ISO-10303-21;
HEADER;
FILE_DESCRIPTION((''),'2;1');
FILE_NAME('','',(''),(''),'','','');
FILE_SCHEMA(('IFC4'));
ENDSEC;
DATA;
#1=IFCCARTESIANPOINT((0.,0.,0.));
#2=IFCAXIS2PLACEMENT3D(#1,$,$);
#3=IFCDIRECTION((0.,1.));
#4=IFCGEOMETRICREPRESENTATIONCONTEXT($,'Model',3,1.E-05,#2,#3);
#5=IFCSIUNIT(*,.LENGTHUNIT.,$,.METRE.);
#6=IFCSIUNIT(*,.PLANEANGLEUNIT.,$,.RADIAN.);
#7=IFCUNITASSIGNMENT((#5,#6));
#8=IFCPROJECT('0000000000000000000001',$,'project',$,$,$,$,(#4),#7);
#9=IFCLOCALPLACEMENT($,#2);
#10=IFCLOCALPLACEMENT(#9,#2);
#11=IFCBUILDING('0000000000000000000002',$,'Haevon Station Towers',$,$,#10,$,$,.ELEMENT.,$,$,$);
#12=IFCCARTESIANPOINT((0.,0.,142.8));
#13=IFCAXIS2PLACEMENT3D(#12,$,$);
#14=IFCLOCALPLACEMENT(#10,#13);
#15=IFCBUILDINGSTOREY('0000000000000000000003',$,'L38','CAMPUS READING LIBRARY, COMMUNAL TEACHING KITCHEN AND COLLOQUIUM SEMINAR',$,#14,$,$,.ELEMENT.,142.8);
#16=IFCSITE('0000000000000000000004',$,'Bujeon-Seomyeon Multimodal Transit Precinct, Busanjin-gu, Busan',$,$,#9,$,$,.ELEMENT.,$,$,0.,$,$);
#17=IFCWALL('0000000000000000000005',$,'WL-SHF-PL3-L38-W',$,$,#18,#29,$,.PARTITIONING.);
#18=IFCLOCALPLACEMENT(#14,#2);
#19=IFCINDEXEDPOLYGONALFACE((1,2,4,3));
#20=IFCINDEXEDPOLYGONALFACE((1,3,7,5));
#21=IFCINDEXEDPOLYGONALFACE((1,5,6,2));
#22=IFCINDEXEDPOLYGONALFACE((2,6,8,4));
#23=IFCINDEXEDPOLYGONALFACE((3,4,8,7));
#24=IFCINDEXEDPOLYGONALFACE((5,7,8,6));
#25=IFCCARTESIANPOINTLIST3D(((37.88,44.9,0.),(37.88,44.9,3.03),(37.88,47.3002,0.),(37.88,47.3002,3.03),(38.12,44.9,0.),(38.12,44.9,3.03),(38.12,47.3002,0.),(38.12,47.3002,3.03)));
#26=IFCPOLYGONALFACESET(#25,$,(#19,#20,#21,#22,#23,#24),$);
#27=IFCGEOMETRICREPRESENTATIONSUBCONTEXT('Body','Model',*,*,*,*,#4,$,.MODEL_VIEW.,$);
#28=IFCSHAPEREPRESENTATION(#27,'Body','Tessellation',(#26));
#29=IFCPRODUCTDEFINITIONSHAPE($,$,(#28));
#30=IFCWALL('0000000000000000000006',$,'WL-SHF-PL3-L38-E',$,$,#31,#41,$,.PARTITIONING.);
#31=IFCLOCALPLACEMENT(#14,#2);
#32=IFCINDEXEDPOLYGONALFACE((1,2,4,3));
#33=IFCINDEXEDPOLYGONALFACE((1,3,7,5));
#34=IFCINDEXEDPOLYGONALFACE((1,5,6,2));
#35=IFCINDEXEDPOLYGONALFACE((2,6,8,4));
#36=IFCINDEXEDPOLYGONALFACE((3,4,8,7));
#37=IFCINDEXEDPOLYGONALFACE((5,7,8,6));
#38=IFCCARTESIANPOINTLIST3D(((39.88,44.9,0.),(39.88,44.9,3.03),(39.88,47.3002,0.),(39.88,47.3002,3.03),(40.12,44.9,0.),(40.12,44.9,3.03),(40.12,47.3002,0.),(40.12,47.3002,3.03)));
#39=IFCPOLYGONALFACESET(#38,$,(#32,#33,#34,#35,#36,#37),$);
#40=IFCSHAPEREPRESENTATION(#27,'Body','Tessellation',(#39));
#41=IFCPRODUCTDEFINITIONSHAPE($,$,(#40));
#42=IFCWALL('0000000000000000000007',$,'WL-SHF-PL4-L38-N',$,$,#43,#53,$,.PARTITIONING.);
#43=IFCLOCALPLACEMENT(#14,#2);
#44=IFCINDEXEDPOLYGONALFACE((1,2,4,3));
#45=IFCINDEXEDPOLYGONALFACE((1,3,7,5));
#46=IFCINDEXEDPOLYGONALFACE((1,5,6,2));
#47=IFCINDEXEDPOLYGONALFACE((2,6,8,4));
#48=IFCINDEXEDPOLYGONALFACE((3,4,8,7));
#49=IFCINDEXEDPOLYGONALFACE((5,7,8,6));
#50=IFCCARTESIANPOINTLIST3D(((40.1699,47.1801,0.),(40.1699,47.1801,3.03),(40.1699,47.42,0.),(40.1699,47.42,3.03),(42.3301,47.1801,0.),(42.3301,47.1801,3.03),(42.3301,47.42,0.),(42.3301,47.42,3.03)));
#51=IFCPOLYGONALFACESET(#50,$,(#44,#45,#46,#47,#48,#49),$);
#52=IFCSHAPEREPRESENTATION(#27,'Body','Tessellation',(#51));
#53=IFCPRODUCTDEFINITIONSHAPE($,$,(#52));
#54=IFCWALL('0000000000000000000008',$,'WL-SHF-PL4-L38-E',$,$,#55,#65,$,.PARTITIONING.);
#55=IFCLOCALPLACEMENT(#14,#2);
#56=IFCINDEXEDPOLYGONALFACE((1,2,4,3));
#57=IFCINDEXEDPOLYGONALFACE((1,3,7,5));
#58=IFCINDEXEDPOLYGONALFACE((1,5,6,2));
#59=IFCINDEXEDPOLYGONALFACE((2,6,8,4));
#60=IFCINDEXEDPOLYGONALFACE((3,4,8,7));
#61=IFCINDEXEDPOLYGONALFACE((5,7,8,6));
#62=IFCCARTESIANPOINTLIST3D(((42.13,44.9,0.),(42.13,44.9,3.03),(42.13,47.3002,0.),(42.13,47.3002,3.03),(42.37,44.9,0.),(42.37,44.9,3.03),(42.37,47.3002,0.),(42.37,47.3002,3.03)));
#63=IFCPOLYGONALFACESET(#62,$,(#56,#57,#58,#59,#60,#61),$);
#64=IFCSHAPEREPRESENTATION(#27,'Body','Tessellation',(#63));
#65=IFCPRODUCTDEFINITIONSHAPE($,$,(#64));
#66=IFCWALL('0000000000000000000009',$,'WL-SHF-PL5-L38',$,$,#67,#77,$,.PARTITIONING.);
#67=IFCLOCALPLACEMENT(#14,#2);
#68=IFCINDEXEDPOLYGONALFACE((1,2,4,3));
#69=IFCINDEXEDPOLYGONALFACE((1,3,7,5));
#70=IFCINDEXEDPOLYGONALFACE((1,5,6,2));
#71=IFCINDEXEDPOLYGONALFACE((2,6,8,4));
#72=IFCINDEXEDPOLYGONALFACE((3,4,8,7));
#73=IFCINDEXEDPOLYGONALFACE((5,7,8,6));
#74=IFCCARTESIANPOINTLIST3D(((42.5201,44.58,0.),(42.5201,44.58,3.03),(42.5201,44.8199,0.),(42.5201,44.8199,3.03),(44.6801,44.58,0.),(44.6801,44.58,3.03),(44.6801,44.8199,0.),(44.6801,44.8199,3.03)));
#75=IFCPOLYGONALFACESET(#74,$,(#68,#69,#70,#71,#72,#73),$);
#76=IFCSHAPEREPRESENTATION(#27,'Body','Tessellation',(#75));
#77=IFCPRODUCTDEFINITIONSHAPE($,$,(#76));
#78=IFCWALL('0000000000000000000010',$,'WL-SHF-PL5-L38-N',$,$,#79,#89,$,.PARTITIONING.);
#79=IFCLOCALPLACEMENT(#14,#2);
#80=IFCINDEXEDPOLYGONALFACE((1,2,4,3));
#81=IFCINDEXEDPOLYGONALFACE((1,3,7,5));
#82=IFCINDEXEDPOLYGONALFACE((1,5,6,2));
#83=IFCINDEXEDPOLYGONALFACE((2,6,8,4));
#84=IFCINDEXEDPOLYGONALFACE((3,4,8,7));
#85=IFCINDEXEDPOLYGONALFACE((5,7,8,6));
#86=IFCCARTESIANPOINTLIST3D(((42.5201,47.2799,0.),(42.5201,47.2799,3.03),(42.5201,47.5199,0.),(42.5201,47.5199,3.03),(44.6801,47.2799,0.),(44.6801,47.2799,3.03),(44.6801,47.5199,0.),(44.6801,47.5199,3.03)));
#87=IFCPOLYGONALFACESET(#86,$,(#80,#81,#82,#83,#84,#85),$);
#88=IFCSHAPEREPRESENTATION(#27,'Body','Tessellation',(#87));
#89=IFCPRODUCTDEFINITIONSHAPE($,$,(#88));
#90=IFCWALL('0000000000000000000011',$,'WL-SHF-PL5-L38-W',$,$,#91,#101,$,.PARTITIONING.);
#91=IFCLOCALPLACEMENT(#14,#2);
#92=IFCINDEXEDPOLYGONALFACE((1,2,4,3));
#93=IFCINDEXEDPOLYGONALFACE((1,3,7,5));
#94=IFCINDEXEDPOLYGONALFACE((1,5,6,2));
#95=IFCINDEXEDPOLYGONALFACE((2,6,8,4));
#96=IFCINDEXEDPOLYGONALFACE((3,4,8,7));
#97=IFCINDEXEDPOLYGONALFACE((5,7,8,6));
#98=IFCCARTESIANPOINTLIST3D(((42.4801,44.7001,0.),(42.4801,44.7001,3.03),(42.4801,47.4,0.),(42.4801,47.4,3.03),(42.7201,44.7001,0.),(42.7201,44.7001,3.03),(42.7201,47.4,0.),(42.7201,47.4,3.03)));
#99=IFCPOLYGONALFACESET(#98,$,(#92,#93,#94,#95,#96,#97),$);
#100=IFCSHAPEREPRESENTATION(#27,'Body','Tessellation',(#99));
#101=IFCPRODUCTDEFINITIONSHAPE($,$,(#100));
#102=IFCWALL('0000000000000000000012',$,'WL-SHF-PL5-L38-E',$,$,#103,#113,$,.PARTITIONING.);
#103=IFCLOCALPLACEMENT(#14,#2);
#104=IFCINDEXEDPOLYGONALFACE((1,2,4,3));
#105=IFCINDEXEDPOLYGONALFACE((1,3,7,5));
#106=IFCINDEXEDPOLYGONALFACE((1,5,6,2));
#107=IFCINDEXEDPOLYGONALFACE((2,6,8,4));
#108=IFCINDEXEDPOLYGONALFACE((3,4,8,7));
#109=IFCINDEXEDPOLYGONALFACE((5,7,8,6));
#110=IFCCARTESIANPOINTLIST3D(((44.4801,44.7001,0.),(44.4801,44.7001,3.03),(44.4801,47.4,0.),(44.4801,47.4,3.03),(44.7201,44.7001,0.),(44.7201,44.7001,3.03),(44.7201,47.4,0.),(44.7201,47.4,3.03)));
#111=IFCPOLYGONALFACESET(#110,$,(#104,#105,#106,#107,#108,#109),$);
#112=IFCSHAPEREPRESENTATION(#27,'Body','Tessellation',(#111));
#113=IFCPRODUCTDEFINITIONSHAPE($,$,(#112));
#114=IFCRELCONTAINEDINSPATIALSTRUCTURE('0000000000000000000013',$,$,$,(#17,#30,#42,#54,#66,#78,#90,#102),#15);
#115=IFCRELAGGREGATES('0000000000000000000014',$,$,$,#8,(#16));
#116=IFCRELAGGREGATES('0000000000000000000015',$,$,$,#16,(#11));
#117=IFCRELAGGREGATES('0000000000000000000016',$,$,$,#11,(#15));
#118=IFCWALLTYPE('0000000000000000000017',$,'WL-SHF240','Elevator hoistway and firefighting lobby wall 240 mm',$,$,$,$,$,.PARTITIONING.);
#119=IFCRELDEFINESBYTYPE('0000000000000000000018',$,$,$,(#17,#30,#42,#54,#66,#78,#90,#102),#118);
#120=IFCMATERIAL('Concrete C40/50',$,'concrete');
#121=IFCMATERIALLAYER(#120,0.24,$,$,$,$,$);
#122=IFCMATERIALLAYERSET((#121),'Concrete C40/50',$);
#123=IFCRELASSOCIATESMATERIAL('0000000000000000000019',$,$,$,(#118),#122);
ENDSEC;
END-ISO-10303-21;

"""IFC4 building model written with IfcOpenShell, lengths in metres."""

from ifc_helpers import new_model, si_unit, direction, frame, frame_2d, origin, place, context, subcontext, project, spatial, rectangle, extrude, material, layer, layer_set, type_object, element, save


model = new_model("IFC4")

# Units and contexts
model_context = context("Model", 3, precision=1e-05, world=origin(), true_north=direction((0.0, 1.0)))
body_context = subcontext(model_context, "Body", "Model", "MODEL_VIEW")
ifc_project = project(units=[si_unit("LENGTHUNIT", "METRE"), si_unit("PLANEANGLEUNIT", "RADIAN")], contexts=[model_context])

# Site, building, storey
site_placement = place(None, origin())
site = spatial("IfcSite", under=ifc_project, at=site_placement, Name="Bujeon-Seomyeon Multimodal Transit Precinct, Busanjin-gu, Busan", CompositionType="ELEMENT", RefElevation=0.0)
building_placement = place(site_placement, origin())
building = spatial("IfcBuilding", under=site, at=building_placement, Name="Haevon Station Towers", CompositionType="ELEMENT")
storey_placement = place(building_placement, frame((0.0, 0.0, 142.8)))
storey = spatial("IfcBuildingStorey", under=building, at=storey_placement, Name="L38", Description="CAMPUS READING LIBRARY, COMMUNAL TEACHING KITCHEN AND COLLOQUIUM SEMINAR", CompositionType="ELEMENT", Elevation=142.8)

# Shared definitions
ifc_material_1 = material(Name="Concrete C40/50", Category="concrete")
ifc_layer_1 = layer(ifc_material_1, 0.24)
ifc_layer_set_1 = layer_set([ifc_layer_1], Name="Concrete C40/50")
wall_type_1 = type_object("IfcWallType", Name="WL-SHF240", Description="Elevator hoistway and firefighting lobby wall 240 mm", PredefinedType="PARTITIONING", material=ifc_layer_set_1)

# Walls
for number, where, z_axis, x_axis, name in (
    (1, (38.0, 44.8999, 0.0), (0.0, 0.0, 1.0), (0.0, 1.0, 0.0), "WL-SHF-PL3-L38-W"),
    (2, (40.0, 44.8999, 0.0), (0.0, 0.0, 1.0), (0.0, 1.0, 0.0), "WL-SHF-PL3-L38-E"),
):
    element("IfcWall", number, at=place(storey_placement, frame(where, z_axis=z_axis, x_axis=x_axis)), inside=storey, type_object=wall_type_1, Name=name, PredefinedType="PARTITIONING", context=body_context, shape_type="SweptSolid", body=[
        extrude(rectangle(XDim=2.4001, YDim=0.24, at=frame_2d((1.2002, 0.0))), origin(), (0.0, 0.0, 1.0), 3.03),
    ])

# Walls
wall_1_placement = place(storey_placement, frame((40.1699, 47.3, 0.0), z_axis=(0.0, 0.0, 1.0), x_axis=(1.0, 0.0, 0.0)))
element("IfcWall", 3, at=wall_1_placement, inside=storey, type_object=wall_type_1, Name="WL-SHF-PL4-L38-N", PredefinedType="PARTITIONING", context=body_context, shape_type="SweptSolid", body=[
    extrude(rectangle(XDim=2.1602, YDim=0.24, at=frame_2d((1.0801, 0.0))), origin(), (0.0, 0.0, 1.0), 3.03),
])
wall_2_placement = place(storey_placement, frame((42.25, 44.8999, 0.0), z_axis=(0.0, 0.0, 1.0), x_axis=(0.0, 1.0, 0.0)))
element("IfcWall", 4, at=wall_2_placement, inside=storey, type_object=wall_type_1, Name="WL-SHF-PL4-L38-E", PredefinedType="PARTITIONING", context=body_context, shape_type="SweptSolid", body=[
    extrude(rectangle(XDim=2.4001, YDim=0.24, at=frame_2d((1.2002, 0.0))), origin(), (0.0, 0.0, 1.0), 3.03),
])
for number, where, z_axis, x_axis, name in (
    (5, (42.52, 44.7, 0.0), (0.0, 0.0, 1.0), (1.0, 0.0, 0.0), "WL-SHF-PL5-L38"),
    (6, (42.52, 47.3999, 0.0), (0.0, 0.0, 1.0), (1.0, 0.0, 0.0), "WL-SHF-PL5-L38-N"),
):
    element("IfcWall", number, at=place(storey_placement, frame(where, z_axis=z_axis, x_axis=x_axis)), inside=storey, type_object=wall_type_1, Name=name, PredefinedType="PARTITIONING", context=body_context, shape_type="SweptSolid", body=[
        extrude(rectangle(XDim=2.1599, YDim=0.24, at=frame_2d((1.0801, 0.0))), origin(), (0.0, 0.0, 1.0), 3.03),
    ])
for number, where, z_axis, x_axis, name in (
    (7, (42.6001, 44.7, 0.0), (0.0, 0.0, 1.0), (0.0, 1.0, 0.0), "WL-SHF-PL5-L38-W"),
    (8, (44.6001, 44.7, 0.0), (0.0, 0.0, 1.0), (0.0, 1.0, 0.0), "WL-SHF-PL5-L38-E"),
):
    element("IfcWall", number, at=place(storey_placement, frame(where, z_axis=z_axis, x_axis=x_axis)), inside=storey, type_object=wall_type_1, Name=name, PredefinedType="PARTITIONING", context=body_context, shape_type="SweptSolid", body=[
        extrude(rectangle(XDim=2.7, YDim=0.24, at=frame_2d((1.3501, 0.0))), origin(), (0.0, 0.0, 1.0), 3.03),
    ])

save(model, "model.ifc")
